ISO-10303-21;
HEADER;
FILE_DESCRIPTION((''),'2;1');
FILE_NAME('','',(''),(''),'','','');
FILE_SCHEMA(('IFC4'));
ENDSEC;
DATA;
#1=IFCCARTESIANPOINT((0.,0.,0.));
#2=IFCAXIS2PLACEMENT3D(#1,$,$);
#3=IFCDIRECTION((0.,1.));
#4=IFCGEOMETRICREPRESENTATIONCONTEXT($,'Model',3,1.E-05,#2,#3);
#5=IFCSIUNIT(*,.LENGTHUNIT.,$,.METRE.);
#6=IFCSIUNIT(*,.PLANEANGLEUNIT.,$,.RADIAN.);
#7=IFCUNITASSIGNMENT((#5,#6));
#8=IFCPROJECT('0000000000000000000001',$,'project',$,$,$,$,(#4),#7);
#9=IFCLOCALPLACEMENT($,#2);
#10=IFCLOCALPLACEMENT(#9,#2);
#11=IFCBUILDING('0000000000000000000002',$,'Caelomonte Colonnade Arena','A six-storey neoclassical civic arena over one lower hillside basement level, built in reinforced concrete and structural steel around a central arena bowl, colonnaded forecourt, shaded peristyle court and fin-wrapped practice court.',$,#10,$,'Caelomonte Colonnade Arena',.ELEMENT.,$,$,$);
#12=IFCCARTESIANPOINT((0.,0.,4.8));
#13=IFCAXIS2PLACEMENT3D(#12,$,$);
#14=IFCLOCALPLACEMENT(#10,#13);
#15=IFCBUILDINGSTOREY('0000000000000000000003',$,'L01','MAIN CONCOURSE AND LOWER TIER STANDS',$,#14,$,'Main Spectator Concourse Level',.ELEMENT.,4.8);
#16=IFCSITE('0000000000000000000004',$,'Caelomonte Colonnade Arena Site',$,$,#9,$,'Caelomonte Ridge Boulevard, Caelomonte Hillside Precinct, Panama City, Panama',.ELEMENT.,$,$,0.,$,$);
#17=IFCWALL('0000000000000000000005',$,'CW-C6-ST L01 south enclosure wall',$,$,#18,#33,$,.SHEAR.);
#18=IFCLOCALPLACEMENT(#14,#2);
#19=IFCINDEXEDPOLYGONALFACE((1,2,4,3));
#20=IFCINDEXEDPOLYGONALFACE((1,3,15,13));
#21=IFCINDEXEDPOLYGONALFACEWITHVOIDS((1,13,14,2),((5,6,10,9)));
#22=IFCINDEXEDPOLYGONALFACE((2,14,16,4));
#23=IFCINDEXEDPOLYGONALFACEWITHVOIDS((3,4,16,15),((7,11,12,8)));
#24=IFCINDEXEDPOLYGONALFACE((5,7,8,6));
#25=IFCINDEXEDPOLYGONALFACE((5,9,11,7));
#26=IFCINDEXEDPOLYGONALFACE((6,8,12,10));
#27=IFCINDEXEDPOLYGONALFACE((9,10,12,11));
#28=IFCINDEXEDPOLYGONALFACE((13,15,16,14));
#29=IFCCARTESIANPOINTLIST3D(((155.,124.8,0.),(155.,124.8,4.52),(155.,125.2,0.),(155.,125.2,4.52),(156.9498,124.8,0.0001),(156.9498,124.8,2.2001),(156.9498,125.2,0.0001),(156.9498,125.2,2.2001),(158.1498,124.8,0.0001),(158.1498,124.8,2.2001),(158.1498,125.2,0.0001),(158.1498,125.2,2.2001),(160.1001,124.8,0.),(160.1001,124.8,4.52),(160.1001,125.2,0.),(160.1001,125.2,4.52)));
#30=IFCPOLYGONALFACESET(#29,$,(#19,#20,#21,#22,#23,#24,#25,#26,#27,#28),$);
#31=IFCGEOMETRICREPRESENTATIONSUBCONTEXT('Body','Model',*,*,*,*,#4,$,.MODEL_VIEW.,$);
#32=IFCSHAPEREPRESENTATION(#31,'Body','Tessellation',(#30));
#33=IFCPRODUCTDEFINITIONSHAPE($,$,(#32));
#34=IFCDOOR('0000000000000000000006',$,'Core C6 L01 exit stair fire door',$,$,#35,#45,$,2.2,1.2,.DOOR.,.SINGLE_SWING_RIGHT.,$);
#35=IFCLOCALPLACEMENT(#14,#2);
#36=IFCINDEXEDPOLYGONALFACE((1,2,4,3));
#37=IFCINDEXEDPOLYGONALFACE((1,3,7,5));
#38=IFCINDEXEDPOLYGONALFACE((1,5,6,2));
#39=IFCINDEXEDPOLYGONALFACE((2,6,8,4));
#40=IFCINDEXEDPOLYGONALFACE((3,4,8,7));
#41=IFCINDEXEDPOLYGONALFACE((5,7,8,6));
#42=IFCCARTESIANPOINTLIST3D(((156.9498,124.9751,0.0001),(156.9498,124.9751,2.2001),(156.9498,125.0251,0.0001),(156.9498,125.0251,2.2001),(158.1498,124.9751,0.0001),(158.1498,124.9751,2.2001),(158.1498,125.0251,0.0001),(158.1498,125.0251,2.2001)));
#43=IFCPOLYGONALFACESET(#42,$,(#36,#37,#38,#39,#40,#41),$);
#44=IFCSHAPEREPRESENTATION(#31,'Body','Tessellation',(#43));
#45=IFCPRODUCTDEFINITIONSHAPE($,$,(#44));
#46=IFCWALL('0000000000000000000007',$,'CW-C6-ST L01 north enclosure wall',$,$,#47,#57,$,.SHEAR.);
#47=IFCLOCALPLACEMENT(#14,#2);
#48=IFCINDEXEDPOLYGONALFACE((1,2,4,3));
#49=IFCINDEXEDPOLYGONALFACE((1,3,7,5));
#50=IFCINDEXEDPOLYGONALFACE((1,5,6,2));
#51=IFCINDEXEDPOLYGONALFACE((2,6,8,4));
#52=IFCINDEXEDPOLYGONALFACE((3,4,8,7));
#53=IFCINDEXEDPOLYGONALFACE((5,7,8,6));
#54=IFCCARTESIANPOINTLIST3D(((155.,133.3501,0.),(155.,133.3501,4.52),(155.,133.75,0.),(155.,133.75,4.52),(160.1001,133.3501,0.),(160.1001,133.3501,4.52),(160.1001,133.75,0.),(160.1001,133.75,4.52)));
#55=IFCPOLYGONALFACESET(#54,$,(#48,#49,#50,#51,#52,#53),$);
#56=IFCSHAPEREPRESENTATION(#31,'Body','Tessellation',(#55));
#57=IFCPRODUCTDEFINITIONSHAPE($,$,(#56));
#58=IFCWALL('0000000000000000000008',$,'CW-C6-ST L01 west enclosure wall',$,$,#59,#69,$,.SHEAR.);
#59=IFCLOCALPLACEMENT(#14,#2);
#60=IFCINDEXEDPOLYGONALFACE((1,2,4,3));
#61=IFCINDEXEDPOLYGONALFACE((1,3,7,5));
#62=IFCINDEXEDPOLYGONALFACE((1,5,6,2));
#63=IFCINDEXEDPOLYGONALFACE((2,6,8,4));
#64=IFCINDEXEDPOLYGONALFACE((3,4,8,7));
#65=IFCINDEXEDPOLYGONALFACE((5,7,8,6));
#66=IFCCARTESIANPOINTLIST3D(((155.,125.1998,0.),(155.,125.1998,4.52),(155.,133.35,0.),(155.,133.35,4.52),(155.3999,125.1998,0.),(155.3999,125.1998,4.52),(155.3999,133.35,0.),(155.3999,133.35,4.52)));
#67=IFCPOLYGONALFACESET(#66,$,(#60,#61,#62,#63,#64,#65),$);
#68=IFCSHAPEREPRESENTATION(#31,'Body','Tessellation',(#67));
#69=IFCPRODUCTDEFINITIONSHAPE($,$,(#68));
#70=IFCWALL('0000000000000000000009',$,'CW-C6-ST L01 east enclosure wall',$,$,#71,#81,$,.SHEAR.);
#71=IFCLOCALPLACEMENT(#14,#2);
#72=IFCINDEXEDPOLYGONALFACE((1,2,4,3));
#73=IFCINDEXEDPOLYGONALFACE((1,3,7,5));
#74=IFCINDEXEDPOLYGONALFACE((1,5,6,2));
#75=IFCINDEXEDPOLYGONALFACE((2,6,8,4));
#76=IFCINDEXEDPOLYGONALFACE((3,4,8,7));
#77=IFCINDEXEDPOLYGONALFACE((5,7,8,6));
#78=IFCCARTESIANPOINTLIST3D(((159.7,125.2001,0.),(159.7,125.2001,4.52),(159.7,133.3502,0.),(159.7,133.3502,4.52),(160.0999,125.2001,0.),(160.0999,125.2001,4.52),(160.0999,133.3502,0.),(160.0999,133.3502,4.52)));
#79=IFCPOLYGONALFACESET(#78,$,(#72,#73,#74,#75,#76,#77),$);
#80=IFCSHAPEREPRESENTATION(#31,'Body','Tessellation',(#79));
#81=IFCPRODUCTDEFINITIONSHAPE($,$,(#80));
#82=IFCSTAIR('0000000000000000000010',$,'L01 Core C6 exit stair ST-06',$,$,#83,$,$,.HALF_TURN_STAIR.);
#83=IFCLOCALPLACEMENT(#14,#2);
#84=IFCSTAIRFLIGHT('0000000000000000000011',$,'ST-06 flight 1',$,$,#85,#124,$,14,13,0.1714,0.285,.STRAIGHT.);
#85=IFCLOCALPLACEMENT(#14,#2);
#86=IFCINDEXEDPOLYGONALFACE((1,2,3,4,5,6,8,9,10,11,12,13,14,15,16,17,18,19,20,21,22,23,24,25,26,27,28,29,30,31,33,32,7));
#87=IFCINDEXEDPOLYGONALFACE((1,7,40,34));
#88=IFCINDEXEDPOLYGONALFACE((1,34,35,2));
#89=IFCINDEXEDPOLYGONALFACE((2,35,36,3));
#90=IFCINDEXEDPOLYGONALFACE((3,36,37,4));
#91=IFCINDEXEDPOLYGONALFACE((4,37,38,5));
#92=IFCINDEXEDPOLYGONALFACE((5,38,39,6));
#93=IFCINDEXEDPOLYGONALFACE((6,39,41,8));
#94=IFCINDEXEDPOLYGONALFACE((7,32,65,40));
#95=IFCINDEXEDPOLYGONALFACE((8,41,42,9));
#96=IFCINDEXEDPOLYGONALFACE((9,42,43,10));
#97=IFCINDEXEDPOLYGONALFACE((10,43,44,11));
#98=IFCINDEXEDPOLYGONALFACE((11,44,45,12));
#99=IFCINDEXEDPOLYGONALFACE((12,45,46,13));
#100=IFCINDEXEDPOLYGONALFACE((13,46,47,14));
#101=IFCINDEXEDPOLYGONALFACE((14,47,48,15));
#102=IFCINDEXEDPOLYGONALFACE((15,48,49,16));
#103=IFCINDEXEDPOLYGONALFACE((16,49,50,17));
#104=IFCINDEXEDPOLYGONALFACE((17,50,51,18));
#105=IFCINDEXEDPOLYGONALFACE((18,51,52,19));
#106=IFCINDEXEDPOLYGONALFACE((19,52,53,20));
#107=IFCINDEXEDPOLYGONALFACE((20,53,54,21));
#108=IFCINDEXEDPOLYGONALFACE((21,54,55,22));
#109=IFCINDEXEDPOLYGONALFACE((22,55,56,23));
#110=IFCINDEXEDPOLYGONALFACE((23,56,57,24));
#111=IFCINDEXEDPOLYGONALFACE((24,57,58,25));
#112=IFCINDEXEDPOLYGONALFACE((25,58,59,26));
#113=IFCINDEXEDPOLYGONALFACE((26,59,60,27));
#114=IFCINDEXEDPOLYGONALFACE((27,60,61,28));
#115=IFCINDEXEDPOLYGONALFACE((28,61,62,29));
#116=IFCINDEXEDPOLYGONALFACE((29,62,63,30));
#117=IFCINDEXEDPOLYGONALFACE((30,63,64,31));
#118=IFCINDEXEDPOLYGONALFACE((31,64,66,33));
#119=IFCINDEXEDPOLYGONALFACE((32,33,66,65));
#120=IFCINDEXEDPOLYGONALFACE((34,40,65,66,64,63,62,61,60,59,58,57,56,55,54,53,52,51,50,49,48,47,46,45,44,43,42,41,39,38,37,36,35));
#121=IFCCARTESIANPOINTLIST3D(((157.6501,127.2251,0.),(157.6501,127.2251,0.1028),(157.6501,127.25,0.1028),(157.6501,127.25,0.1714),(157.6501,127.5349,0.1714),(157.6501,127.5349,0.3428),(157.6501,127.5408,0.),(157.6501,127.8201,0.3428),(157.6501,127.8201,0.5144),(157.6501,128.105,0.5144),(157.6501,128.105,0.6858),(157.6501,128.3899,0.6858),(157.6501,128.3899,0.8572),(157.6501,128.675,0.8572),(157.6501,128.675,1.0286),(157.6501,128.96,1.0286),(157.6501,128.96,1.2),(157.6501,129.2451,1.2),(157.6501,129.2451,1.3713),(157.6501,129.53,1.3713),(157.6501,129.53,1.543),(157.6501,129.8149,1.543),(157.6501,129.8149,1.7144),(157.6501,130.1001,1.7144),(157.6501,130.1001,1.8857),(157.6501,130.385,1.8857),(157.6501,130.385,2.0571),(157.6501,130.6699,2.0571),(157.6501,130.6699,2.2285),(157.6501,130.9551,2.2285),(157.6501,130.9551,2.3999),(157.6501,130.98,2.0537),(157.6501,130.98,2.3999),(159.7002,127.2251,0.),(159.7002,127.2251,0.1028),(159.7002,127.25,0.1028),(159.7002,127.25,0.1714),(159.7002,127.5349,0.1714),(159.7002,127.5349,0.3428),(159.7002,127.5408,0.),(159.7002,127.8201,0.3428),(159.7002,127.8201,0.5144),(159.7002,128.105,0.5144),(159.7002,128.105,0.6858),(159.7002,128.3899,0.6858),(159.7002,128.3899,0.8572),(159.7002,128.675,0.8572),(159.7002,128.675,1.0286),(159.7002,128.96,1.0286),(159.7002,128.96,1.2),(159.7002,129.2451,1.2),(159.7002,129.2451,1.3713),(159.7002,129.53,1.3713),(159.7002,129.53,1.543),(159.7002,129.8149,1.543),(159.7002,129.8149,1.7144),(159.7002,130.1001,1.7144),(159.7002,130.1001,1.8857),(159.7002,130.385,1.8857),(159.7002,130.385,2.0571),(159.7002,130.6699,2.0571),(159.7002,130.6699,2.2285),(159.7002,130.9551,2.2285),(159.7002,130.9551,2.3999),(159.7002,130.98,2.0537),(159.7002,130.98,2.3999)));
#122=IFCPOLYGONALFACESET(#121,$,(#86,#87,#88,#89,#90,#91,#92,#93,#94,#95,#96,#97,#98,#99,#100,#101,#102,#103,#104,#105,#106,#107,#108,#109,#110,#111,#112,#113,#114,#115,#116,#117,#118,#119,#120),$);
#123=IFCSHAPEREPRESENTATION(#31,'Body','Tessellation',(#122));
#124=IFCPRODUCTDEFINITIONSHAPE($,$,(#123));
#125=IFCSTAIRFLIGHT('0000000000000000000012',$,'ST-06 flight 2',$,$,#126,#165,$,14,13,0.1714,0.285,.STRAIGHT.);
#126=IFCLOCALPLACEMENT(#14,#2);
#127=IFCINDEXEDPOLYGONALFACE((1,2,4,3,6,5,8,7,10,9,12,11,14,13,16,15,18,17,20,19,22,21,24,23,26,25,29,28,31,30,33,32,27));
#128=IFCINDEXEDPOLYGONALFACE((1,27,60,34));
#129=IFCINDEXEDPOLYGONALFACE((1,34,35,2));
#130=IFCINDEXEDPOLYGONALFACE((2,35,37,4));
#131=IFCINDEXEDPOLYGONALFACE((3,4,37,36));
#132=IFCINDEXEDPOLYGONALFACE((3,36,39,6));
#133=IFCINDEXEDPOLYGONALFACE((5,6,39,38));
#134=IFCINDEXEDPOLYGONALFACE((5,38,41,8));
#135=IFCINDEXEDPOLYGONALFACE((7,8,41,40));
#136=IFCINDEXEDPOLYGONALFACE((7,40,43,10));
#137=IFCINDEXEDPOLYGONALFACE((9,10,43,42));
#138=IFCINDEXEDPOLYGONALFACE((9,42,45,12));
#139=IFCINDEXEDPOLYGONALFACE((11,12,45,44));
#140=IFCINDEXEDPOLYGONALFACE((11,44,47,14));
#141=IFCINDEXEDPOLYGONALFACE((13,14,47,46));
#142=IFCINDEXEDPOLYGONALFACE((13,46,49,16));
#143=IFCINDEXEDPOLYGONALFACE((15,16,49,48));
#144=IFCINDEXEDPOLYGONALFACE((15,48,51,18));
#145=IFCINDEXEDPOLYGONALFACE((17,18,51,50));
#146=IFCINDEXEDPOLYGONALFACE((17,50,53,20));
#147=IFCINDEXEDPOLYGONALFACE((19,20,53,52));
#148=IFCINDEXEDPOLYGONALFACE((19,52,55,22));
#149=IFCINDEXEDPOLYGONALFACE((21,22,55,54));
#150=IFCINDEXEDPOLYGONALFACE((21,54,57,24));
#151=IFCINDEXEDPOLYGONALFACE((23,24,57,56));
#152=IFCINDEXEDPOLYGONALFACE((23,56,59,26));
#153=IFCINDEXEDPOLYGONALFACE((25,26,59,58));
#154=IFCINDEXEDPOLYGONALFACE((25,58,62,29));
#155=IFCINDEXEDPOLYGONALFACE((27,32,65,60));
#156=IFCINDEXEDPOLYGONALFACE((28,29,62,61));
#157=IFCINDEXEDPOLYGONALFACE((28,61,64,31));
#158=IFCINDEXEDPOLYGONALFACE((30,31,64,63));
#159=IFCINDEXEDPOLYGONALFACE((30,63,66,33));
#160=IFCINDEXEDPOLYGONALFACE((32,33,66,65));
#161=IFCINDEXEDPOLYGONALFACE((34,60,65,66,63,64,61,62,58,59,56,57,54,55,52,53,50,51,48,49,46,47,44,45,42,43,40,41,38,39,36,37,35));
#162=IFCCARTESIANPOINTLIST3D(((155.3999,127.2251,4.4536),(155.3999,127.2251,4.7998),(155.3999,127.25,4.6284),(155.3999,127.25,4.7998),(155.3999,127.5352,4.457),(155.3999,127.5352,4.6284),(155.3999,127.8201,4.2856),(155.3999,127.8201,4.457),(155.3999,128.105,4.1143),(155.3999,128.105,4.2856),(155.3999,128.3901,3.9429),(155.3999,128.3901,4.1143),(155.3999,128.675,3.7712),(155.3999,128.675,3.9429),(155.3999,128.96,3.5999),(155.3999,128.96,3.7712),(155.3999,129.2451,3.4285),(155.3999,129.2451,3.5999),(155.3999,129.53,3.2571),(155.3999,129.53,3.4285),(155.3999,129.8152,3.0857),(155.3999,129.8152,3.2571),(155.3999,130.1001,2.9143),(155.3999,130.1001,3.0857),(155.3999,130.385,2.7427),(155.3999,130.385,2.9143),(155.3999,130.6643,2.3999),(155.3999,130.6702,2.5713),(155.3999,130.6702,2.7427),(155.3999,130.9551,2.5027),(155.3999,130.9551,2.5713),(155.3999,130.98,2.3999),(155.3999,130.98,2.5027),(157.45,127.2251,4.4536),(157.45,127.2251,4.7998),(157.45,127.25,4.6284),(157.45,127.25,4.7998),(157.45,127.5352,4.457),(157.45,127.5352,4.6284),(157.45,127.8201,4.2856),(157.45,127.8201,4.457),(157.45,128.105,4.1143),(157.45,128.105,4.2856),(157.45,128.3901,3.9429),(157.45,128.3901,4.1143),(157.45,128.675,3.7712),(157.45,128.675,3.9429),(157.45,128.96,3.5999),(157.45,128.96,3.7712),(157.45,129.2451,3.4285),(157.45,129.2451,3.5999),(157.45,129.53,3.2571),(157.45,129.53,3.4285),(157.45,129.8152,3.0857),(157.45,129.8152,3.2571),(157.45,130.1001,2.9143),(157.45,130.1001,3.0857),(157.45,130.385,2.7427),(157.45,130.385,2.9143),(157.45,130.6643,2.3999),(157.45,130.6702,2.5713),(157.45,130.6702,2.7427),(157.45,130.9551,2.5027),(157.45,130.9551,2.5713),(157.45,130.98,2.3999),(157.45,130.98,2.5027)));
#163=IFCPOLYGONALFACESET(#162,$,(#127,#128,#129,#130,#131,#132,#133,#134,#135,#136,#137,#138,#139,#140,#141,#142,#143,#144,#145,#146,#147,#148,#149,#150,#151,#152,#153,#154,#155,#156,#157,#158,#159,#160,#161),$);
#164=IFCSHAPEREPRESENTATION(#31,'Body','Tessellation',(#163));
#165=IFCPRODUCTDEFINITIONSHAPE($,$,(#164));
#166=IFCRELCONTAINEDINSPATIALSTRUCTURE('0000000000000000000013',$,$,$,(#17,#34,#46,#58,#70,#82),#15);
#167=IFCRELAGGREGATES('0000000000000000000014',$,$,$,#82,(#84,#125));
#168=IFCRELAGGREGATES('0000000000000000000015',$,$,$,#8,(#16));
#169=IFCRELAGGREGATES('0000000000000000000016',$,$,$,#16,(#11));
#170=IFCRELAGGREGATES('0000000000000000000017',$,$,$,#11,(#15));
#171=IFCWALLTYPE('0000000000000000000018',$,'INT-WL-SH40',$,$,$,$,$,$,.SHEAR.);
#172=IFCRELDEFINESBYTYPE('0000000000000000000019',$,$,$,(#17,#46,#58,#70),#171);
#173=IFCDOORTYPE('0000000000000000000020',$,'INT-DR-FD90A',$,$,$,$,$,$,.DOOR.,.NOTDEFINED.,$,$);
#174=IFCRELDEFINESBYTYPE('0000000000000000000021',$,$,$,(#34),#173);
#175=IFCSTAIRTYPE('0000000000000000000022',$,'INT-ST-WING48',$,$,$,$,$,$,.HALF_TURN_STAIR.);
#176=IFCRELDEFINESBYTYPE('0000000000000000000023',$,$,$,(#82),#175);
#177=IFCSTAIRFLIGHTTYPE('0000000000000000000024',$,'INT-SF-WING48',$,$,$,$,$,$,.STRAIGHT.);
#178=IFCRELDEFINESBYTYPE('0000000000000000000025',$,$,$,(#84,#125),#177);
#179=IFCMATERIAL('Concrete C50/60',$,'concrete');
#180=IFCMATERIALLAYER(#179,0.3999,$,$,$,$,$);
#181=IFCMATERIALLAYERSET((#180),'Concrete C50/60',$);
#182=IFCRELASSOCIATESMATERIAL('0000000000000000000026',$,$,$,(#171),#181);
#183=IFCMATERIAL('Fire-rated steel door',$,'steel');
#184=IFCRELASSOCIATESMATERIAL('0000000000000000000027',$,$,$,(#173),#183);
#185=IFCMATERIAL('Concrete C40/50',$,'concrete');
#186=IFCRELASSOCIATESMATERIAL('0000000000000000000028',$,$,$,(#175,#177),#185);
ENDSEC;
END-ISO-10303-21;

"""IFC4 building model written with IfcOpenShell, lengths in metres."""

from ifc_helpers import new_model, si_unit, direction, frame, frame_2d, origin, place, context, subcontext, project, spatial, polyline, rectangle, outline, extrude, material, layer, layer_set, type_object, element, fill, aggregate, save


model = new_model("IFC4")

# Units and contexts
model_context = context("Model", 3, precision=1e-05, world=origin(), true_north=direction((0.0, 1.0)))
body_context = subcontext(model_context, "Body", "Model", "MODEL_VIEW")
ifc_project = project(units=[si_unit("LENGTHUNIT", "METRE"), si_unit("PLANEANGLEUNIT", "RADIAN")], contexts=[model_context])

# Site, building, storey
site_placement = place(None, origin())
site = spatial("IfcSite", under=ifc_project, at=site_placement, Name="Caelomonte Colonnade Arena Site", LongName="Caelomonte Ridge Boulevard, Caelomonte Hillside Precinct, Panama City, Panama", CompositionType="ELEMENT", RefElevation=0.0)
building_placement = place(site_placement, origin())
building = spatial("IfcBuilding", under=site, at=building_placement, Name="Caelomonte Colonnade Arena", Description="A six-storey neoclassical civic arena over one lower hillside basement level, built in reinforced concrete and structural steel around a central arena bowl, colonnaded forecourt, shaded peristyle court and fin-wrapped practice court.", LongName="Caelomonte Colonnade Arena", CompositionType="ELEMENT")
storey_placement = place(building_placement, frame((0.0, 0.0, 4.8)))
storey = spatial("IfcBuildingStorey", under=building, at=storey_placement, Name="L01", Description="MAIN CONCOURSE AND LOWER TIER STANDS", LongName="Main Spectator Concourse Level", CompositionType="ELEMENT", Elevation=4.8)

# Shared definitions
ifc_material_1 = material(Name="Concrete C40/50", Category="concrete")

# Wall, opening, door
ifc_material_2 = material(Name="Concrete C50/60", Category="concrete")
ifc_layer_1 = layer(ifc_material_2, 0.3999)
ifc_layer_set_1 = layer_set([ifc_layer_1], Name="Concrete C50/60")
wall_type_1 = type_object("IfcWallType", Name="INT-WL-SH40", PredefinedType="SHEAR", material=ifc_layer_set_1)
wall_1_placement = place(storey_placement, frame((155.0, 125.0, 0.0), z_axis=(0.0, 0.0, 1.0), x_axis=(1.0, 0.0, 0.0)))
wall_1 = element("IfcWall", 1, at=wall_1_placement, inside=storey, type_object=wall_type_1, Name="CW-C6-ST L01 south enclosure wall", PredefinedType="SHEAR", context=body_context, shape_type="SweptSolid", body=[
    extrude(rectangle(XDim=5.1001, YDim=0.3999, at=frame_2d((2.55, 0.0))), origin(), (0.0, 0.0, 1.0), 4.52),
])
opening_1_placement = place(wall_1_placement, frame((3.1499, 0.0, 0.0), z_axis=(0.0, 0.0, 1.0), x_axis=(-1.0, 0.0, 0.0)))
opening_1 = element("IfcOpeningElement", 2, at=opening_1_placement, cuts=wall_1, PredefinedType="OPENING", context=body_context, shape_type="SweptSolid", body=[
    extrude(rectangle(XDim=1.2, YDim=2.2, at=frame_2d((0.6001, 1.1001))), frame((0.0, 0.21, 0.0), z_axis=(0.0, -1.0, 0.0), x_axis=(1.0, 0.0, 0.0)), (0.0, 0.0, 1.0), 0.4199),
])
ifc_material_3 = material(Name="Fire-rated steel door", Category="steel")
door_type = type_object("IfcDoorType", Name="INT-DR-FD90A", OperationType="NOTDEFINED", PredefinedType="DOOR", material=ifc_material_3)
door_placement = place(opening_1_placement, origin())
door = element("IfcDoor", 3, at=door_placement, inside=storey, type_object=door_type, Name="Core C6 L01 exit stair fire door", OperationType="SINGLE_SWING_RIGHT", OverallHeight=2.2, OverallWidth=1.2, PredefinedType="DOOR", context=body_context, shape_type="SweptSolid", body=[
    extrude(rectangle(XDim=1.2, YDim=2.2, at=frame_2d((0.6001, 1.1001))), frame((0.0, 0.0249, 0.0), z_axis=(0.0, -1.0, 0.0), x_axis=(1.0, 0.0, 0.0)), (0.0, 0.0, 1.0), 0.05),
])
fill(opening_1, door)

# Walls
wall_2_placement = place(storey_placement, frame((160.1001, 133.55, 0.0), z_axis=(0.0, 0.0, 1.0), x_axis=(-1.0, 0.0, 0.0)))
element("IfcWall", 4, at=wall_2_placement, inside=storey, type_object=wall_type_1, Name="CW-C6-ST L01 north enclosure wall", PredefinedType="SHEAR", context=body_context, shape_type="SweptSolid", body=[
    extrude(rectangle(XDim=5.1001, YDim=0.3999, at=frame_2d((2.55, 0.0))), origin(), (0.0, 0.0, 1.0), 4.52),
])
for number, where, z_axis, x_axis, name in (
    (5, (155.2, 133.3501, 0.0), (0.0, 0.0, 1.0), (0.0, -1.0, 0.0), "CW-C6-ST L01 west enclosure wall"),
    (6, (159.8999, 125.2, 0.0), (0.0, 0.0, 1.0), (0.0, 1.0, 0.0), "CW-C6-ST L01 east enclosure wall"),
):
    element("IfcWall", number, at=place(storey_placement, frame(where, z_axis=z_axis, x_axis=x_axis)), inside=storey, type_object=wall_type_1, Name=name, PredefinedType="SHEAR", context=body_context, shape_type="SweptSolid", body=[
        extrude(rectangle(XDim=8.1501, YDim=0.3999, at=frame_2d((4.0752, 0.0))), origin(), (0.0, 0.0, 1.0), 4.52),
    ])

# Stair, stair flights
stair_type = type_object("IfcStairType", Name="INT-ST-WING48", PredefinedType="HALF_TURN_STAIR", material=ifc_material_1)
stair_placement = place(storey_placement, origin())
stair = element("IfcStair", 7, at=stair_placement, inside=storey, type_object=stair_type, Name="L01 Core C6 exit stair ST-06", PredefinedType="HALF_TURN_STAIR")
stair_flight_type = type_object("IfcStairFlightType", Name="INT-SF-WING48", PredefinedType="STRAIGHT", material=ifc_material_1)
stair_flight_1_placement = place(storey_placement, frame((158.675, 127.25, 0.0), z_axis=(0.0, 0.0, 1.0), x_axis=(0.0, 1.0, 0.0)))
stair_flight_1 = element("IfcStairFlight", 8, at=stair_flight_1_placement, type_object=stair_flight_type, Name="ST-06 flight 1", NumberOfRisers=14, NumberOfTreads=13, PredefinedType="STRAIGHT", RiserHeight=0.1714, TreadLength=0.285, context=body_context, shape_type="SweptSolid", body=[
    extrude(outline(polyline([(-0.0249, 0.0), (-0.0249, 0.1028), (0.0, 0.1028), (0.0, 0.1714), (0.2849, 0.1714), (0.2849, 0.3428), (0.5701, 0.3428), (0.5701, 0.5144), (0.855, 0.5144), (0.855, 0.6858), (1.1399, 0.6858), (1.1399, 0.8572), (1.425, 0.8572), (1.425, 1.0286), (1.71, 1.0286), (1.71, 1.2), (1.9951, 1.2), (1.9951, 1.3713), (2.28, 1.3713), (2.28, 1.543), (2.5649, 1.543), (2.5649, 1.7144), (2.8501, 1.7144), (2.8501, 1.8857), (3.135, 1.8857), (3.135, 2.0571), (3.4199, 2.0571), (3.4199, 2.2285), (3.7051, 2.2285), (3.7051, 2.3999), (3.73, 2.3999), (3.73, 2.0537), (0.2908, 0.0), (-0.0249, 0.0)])), frame((0.0, 1.0249, 0.0), z_axis=(0.0, -1.0, 0.0), x_axis=(1.0, 0.0, 0.0)), (0.0, 0.0, 1.0), 2.05),
])
stair_flight_2_placement = place(storey_placement, frame((156.425, 130.9551, 2.3999), z_axis=(0.0, 0.0, 1.0), x_axis=(0.0, -1.0, 0.0)))
stair_flight_2 = element("IfcStairFlight", 9, at=stair_flight_2_placement, type_object=stair_flight_type, Name="ST-06 flight 2", NumberOfRisers=14, NumberOfTreads=13, PredefinedType="STRAIGHT", RiserHeight=0.1714, TreadLength=0.285, context=body_context, shape_type="SweptSolid", body=[
    extrude(outline(polyline([(-0.0249, 0.0), (-0.0249, 0.1028), (0.0, 0.1028), (0.0, 0.1714), (0.2849, 0.1714), (0.2849, 0.3428), (0.5701, 0.3428), (0.5701, 0.5144), (0.855, 0.5144), (0.855, 0.6858), (1.1399, 0.6858), (1.1399, 0.8572), (1.425, 0.8572), (1.425, 1.0286), (1.71, 1.0286), (1.71, 1.2), (1.9951, 1.2), (1.9951, 1.3713), (2.28, 1.3713), (2.28, 1.543), (2.5649, 1.543), (2.5649, 1.7144), (2.8501, 1.7144), (2.8501, 1.8857), (3.135, 1.8857), (3.135, 2.0571), (3.4199, 2.0571), (3.4199, 2.2285), (3.7051, 2.2285), (3.7051, 2.3999), (3.73, 2.3999), (3.73, 2.0537), (0.2908, 0.0), (-0.0249, 0.0)])), frame((0.0, 1.0249, 0.0), z_axis=(0.0, -1.0, 0.0), x_axis=(1.0, 0.0, 0.0)), (0.0, 0.0, 1.0), 2.05),
])
aggregate(stair, [stair_flight_1, stair_flight_2])

save(model, "model.ifc")
